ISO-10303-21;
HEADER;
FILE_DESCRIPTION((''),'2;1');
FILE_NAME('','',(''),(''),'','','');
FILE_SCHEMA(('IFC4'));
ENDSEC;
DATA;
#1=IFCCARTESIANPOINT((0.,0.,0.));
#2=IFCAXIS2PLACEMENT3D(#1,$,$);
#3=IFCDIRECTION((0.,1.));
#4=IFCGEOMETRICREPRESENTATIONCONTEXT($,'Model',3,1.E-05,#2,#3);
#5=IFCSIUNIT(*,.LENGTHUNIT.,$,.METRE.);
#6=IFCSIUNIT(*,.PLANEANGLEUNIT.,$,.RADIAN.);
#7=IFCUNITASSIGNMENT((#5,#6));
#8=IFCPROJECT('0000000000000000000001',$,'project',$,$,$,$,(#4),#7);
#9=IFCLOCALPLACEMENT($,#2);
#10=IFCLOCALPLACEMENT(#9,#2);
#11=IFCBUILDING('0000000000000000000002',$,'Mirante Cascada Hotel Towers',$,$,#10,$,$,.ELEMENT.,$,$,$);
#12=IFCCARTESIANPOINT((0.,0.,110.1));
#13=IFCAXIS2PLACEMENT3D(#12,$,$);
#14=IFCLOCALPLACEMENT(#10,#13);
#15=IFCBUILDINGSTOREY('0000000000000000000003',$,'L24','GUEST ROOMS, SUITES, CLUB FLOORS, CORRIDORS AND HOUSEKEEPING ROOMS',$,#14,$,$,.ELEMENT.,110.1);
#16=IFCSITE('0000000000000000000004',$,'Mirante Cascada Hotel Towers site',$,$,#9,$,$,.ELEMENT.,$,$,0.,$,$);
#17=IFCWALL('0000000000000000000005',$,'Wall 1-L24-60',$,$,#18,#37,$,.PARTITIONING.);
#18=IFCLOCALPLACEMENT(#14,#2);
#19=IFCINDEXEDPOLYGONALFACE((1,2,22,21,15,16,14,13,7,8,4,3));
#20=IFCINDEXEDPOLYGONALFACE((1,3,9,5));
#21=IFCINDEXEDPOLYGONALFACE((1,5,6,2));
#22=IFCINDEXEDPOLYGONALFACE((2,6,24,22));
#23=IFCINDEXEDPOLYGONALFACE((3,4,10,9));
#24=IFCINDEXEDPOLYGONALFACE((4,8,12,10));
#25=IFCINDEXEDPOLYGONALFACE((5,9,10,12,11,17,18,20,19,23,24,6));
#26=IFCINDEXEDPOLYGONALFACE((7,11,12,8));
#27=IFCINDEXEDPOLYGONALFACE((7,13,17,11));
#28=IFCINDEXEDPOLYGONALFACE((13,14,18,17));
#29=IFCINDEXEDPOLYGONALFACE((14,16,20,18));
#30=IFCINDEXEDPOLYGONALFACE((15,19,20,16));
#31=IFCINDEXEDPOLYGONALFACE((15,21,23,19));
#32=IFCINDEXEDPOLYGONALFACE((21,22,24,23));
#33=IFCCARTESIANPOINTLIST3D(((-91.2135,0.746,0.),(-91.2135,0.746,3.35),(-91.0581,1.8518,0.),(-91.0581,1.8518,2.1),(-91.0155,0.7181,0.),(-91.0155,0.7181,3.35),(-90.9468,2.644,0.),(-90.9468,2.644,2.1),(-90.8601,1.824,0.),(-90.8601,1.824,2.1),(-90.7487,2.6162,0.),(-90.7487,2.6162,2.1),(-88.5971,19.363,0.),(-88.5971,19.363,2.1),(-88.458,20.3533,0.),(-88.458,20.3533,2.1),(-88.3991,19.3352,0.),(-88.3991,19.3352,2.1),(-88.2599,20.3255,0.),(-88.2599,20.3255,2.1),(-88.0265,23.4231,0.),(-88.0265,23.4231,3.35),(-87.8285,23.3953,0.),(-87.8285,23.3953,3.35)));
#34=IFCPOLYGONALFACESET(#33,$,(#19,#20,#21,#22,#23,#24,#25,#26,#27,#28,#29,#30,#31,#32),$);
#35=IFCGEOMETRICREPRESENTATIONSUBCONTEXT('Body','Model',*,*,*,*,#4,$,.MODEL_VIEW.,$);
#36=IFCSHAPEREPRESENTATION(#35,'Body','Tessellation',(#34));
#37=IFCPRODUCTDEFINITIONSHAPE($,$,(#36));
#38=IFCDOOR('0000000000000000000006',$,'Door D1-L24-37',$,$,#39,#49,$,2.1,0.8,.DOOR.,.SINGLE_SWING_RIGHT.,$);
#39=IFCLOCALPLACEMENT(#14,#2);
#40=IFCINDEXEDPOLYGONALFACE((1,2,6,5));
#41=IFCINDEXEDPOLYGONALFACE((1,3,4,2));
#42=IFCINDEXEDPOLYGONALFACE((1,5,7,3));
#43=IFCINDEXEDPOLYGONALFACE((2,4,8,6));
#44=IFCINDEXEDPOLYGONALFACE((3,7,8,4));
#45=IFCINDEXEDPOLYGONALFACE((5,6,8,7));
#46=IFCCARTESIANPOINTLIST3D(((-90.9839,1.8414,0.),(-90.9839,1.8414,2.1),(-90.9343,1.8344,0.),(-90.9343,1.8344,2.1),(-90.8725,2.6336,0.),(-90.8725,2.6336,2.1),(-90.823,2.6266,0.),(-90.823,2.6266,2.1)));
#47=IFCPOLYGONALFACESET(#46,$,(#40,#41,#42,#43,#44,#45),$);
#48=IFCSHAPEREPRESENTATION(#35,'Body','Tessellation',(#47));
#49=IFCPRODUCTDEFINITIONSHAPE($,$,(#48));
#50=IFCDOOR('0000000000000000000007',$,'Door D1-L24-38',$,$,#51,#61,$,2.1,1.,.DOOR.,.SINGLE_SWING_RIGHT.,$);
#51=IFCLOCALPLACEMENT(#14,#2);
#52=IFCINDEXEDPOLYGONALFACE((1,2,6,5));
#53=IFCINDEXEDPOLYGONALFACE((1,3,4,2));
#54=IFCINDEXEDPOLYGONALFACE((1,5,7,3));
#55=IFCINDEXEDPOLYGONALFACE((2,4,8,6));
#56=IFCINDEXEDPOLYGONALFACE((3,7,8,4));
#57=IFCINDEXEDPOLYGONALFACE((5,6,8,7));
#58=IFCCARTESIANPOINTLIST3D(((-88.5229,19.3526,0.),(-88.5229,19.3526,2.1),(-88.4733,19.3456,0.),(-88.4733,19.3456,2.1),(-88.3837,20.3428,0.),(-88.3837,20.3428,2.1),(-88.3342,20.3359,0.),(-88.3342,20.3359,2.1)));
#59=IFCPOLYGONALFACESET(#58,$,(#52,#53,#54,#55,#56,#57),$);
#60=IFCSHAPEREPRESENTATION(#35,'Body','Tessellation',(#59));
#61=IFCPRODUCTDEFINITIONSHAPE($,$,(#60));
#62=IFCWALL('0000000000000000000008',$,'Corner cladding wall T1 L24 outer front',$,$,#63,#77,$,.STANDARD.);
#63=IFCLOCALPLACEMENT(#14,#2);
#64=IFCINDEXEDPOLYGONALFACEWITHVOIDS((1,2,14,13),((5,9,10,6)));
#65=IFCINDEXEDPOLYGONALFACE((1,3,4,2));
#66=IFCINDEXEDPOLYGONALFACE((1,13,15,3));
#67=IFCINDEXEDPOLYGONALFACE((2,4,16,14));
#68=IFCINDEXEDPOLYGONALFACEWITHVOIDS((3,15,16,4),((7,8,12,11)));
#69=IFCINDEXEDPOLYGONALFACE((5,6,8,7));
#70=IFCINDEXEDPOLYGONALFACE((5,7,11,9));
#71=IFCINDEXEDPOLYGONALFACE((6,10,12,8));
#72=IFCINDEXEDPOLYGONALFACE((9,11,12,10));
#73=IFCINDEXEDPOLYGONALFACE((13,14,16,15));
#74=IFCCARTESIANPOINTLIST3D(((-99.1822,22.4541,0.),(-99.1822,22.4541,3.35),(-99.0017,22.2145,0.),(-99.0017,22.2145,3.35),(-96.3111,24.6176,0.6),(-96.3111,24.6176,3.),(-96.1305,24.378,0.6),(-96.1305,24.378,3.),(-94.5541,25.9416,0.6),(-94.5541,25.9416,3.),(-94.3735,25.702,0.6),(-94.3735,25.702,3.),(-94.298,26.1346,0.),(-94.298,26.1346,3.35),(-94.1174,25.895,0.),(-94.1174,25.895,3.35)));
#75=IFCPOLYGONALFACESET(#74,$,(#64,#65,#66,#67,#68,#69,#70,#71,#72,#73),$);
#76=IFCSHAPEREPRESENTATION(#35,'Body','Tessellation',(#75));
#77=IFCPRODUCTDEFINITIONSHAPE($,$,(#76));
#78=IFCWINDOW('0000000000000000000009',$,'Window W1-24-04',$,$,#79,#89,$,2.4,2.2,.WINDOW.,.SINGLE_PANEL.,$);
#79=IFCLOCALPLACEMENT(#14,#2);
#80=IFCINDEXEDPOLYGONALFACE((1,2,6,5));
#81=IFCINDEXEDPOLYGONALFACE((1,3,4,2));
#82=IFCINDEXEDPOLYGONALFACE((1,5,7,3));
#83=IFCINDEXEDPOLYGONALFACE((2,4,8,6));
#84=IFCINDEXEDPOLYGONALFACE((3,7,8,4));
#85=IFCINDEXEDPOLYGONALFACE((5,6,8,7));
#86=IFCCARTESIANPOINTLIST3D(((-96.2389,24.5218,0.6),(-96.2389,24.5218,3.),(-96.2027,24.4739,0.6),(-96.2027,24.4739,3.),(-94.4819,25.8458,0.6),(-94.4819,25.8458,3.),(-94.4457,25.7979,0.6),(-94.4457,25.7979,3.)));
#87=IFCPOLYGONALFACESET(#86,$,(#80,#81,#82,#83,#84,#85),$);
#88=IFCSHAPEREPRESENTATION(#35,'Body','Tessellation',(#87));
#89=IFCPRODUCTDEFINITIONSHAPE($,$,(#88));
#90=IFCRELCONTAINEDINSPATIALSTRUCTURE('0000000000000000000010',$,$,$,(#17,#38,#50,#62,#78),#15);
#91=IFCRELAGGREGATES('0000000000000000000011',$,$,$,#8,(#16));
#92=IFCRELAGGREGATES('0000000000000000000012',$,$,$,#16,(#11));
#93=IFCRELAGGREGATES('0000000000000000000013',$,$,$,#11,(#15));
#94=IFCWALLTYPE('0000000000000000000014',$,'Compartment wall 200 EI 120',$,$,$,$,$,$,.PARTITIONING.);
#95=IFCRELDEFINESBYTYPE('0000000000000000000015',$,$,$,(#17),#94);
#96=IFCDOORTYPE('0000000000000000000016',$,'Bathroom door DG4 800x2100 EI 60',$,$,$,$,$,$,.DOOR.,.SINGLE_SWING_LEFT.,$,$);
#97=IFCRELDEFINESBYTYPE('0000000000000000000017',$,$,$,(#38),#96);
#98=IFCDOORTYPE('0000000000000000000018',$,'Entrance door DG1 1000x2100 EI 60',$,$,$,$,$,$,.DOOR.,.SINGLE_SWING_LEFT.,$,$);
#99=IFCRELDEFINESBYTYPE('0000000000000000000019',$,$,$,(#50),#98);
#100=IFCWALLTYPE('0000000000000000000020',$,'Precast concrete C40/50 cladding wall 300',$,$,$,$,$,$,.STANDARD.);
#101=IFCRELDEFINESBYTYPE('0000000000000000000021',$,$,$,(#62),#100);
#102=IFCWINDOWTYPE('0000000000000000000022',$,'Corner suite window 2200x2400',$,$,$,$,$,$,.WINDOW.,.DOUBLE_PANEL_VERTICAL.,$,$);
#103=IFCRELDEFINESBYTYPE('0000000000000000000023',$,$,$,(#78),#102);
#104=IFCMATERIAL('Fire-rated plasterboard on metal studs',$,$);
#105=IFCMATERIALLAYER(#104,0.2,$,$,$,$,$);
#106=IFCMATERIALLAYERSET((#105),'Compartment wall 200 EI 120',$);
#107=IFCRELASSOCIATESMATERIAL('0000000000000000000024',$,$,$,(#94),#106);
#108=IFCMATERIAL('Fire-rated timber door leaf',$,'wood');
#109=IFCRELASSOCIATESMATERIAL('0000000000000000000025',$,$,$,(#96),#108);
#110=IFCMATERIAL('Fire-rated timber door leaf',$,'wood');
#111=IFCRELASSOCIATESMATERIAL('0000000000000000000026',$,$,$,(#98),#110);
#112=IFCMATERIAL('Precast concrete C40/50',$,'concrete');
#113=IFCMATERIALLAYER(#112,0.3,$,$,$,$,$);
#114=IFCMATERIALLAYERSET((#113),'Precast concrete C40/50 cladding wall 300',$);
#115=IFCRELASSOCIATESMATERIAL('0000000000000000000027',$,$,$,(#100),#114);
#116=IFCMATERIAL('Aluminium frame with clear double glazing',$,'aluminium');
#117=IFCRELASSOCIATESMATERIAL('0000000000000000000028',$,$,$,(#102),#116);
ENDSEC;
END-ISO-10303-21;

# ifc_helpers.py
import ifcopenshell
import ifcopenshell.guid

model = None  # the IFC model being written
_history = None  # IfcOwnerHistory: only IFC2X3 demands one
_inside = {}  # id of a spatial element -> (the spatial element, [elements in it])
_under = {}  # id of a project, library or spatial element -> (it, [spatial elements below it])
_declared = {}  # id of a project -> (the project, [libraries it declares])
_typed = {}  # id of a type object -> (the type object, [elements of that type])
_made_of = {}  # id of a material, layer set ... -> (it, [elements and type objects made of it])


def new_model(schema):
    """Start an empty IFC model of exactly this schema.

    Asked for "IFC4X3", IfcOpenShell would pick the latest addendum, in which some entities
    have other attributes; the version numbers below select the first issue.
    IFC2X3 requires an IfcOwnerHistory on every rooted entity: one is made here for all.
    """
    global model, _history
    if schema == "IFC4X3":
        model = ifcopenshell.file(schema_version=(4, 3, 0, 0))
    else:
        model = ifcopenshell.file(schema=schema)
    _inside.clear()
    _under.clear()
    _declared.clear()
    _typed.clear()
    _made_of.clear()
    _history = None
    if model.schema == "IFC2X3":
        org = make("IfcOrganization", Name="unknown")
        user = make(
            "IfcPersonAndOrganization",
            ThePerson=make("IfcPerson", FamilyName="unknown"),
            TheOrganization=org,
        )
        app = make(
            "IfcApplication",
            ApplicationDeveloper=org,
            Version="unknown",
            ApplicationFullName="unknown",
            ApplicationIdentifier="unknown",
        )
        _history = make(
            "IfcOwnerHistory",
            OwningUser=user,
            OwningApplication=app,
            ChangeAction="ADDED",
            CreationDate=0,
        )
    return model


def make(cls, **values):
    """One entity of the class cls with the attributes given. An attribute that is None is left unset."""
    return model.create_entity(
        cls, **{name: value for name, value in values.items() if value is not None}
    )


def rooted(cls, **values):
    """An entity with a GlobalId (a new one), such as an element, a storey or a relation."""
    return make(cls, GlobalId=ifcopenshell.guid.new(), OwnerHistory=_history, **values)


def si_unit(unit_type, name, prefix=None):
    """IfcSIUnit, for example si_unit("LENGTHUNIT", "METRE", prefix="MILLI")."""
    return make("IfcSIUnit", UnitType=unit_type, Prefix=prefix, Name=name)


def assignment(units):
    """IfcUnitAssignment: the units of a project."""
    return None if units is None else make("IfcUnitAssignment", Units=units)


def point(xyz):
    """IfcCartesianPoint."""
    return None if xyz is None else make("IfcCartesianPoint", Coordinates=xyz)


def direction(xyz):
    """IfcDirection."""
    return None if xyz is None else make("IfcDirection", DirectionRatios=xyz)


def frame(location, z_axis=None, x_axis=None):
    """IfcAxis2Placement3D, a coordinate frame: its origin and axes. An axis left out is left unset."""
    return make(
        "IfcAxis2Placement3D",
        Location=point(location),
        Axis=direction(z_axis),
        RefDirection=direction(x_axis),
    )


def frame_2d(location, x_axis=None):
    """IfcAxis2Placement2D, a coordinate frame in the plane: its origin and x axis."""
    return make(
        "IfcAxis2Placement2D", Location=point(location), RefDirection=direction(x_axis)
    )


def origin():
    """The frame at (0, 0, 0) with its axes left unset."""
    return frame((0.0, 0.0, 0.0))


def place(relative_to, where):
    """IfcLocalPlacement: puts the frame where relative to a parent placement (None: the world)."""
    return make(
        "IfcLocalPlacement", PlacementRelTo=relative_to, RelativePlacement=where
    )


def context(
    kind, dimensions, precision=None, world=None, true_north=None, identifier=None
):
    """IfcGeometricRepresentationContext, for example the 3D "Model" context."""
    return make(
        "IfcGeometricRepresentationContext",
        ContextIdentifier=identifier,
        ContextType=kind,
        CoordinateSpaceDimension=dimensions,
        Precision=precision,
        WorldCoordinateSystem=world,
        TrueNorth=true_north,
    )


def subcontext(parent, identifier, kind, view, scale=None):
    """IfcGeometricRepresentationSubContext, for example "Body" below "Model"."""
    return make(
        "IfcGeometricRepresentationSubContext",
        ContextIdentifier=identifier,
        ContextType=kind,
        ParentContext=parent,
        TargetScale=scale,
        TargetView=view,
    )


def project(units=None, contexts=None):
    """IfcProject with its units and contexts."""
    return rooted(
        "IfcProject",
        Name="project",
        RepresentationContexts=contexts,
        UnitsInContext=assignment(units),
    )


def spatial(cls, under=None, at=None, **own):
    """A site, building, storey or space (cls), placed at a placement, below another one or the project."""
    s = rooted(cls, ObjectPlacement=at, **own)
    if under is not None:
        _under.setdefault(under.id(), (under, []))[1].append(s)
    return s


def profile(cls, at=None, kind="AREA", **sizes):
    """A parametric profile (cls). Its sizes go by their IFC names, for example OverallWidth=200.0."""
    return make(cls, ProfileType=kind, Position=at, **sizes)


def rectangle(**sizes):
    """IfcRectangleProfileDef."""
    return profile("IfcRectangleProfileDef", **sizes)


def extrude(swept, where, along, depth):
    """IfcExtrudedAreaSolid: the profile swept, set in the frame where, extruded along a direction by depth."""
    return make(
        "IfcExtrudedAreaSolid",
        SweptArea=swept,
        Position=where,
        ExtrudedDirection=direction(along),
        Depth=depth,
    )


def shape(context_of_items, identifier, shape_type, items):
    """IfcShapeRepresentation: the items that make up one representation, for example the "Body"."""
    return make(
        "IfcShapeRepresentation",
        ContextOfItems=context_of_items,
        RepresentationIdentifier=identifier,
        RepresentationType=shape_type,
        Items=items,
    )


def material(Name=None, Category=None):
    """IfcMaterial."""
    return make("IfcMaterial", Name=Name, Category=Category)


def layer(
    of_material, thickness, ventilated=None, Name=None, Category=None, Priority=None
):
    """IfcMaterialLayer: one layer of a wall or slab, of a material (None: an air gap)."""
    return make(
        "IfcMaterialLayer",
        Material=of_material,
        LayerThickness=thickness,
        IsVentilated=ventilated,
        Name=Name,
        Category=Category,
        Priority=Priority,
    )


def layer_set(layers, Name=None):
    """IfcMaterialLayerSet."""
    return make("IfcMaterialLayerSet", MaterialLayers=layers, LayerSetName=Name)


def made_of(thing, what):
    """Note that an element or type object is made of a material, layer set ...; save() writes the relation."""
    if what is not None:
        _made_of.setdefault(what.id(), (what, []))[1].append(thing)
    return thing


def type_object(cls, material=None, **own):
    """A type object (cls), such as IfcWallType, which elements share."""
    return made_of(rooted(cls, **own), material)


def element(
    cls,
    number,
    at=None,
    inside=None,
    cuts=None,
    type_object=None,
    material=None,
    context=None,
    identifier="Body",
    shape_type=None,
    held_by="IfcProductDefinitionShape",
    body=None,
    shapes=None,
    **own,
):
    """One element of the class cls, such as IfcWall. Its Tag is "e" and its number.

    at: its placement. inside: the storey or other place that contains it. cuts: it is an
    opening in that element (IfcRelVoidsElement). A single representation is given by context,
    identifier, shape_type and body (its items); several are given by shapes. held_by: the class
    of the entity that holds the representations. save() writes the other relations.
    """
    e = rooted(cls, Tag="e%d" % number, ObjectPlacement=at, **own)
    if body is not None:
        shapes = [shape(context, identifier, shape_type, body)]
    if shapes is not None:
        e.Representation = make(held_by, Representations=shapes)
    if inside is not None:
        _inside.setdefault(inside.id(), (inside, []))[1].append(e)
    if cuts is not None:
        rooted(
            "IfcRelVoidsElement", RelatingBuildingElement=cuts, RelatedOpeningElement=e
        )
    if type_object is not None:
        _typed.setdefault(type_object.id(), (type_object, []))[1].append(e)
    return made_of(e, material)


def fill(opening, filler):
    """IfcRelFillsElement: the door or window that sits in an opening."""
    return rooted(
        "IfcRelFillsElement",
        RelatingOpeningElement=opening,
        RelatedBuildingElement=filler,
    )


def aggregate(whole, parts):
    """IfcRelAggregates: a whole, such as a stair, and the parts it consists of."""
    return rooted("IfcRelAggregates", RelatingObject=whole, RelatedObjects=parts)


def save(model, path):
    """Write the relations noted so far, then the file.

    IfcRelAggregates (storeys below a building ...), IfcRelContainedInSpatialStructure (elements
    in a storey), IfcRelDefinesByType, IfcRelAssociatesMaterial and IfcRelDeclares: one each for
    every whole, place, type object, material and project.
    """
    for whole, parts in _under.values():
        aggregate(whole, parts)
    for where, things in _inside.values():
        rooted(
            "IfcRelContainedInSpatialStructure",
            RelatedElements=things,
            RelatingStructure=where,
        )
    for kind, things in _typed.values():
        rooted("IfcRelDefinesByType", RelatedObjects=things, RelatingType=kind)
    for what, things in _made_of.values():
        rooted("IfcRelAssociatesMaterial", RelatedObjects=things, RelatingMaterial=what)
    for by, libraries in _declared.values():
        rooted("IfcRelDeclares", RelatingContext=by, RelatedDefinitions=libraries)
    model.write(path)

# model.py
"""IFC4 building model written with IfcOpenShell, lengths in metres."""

from ifc_helpers import new_model, si_unit, direction, frame, frame_2d, origin, place, context, subcontext, project, spatial, rectangle, extrude, material, layer, layer_set, type_object, element, fill, save


model = new_model("IFC4")

# Units and contexts
model_context = context("Model", 3, precision=1e-05, world=origin(), true_north=direction((0.0, 1.0)))
body_context = subcontext(model_context, "Body", "Model", "MODEL_VIEW")
ifc_project = project(units=[si_unit("LENGTHUNIT", "METRE"), si_unit("PLANEANGLEUNIT", "RADIAN")], contexts=[model_context])

# Site, building, storey
site_placement = place(None, origin())
site = spatial("IfcSite", under=ifc_project, at=site_placement, Name="Mirante Cascada Hotel Towers site", CompositionType="ELEMENT", RefElevation=0.0)
building_placement = place(site_placement, origin())
building = spatial("IfcBuilding", under=site, at=building_placement, Name="Mirante Cascada Hotel Towers", CompositionType="ELEMENT")
storey_placement = place(building_placement, frame((0.0, 0.0, 110.1)))
storey = spatial("IfcBuildingStorey", under=building, at=storey_placement, Name="L24", Description="GUEST ROOMS, SUITES, CLUB FLOORS, CORRIDORS AND HOUSEKEEPING ROOMS", CompositionType="ELEMENT", Elevation=110.1)

# Shared definitions
ifc_material_1 = material(Name="Fire-rated plasterboard on metal studs")
ifc_layer_1 = layer(ifc_material_1, 0.2)
ifc_layer_set_1 = layer_set([ifc_layer_1], Name="Compartment wall 200 EI 120")
wall_type_1 = type_object("IfcWallType", Name="Compartment wall 200 EI 120", PredefinedType="PARTITIONING", material=ifc_layer_set_1)

# Wall, openings, doors
wall_1_placement = place(storey_placement, frame((-87.9275, 23.4092, 0.0), z_axis=(0.0, 0.0, 1.0), x_axis=(-0.139171, -0.990268, 0.0)))
wall_1 = element("IfcWall", 1, at=wall_1_placement, inside=storey, type_object=wall_type_1, Name="Wall 1-L24-60", PredefinedType="PARTITIONING", context=body_context, shape_type="SweptSolid", body=[
    extrude(rectangle(XDim=22.9, YDim=0.2, at=frame_2d((11.45, 0.0))), origin(), (0.0, 0.0, 1.0), 3.35),
])
opening_1_placement = place(wall_1_placement, frame((20.9833, 0.0, 0.0)))
opening_1 = element("IfcOpeningElement", 2, at=opening_1_placement, cuts=wall_1, PredefinedType="OPENING", context=body_context, shape_type="SweptSolid", body=[
    extrude(rectangle(XDim=0.8, YDim=2.1, at=frame_2d((0.4, 1.05))), frame((0.0, 0.1, 0.0), z_axis=(0.0, -1.0, 0.0), x_axis=(1.0, 0.0, 0.0)), (0.0, 0.0, 1.0), 0.2),
])
opening_2_placement = place(wall_1_placement, frame((3.1, 0.0, 0.0)))
opening_2 = element("IfcOpeningElement", 3, at=opening_2_placement, cuts=wall_1, PredefinedType="OPENING", context=body_context, shape_type="SweptSolid", body=[
    extrude(rectangle(XDim=1.0, YDim=2.1, at=frame_2d((0.5, 1.05))), frame((0.0, 0.1, 0.0), z_axis=(0.0, -1.0, 0.0), x_axis=(1.0, 0.0, 0.0)), (0.0, 0.0, 1.0), 0.2),
])
ifc_material_2 = material(Name="Fire-rated timber door leaf", Category="wood")
door_type_1 = type_object("IfcDoorType", Name="Bathroom door DG4 800x2100 EI 60", OperationType="SINGLE_SWING_LEFT", PredefinedType="DOOR", material=ifc_material_2)
door_1_placement = place(opening_1_placement, frame((0.8, 0.0, 0.0), z_axis=(0.0, 0.0, 1.0), x_axis=(-1.0, 0.0, 0.0)))
door_1 = element("IfcDoor", 4, at=door_1_placement, inside=storey, type_object=door_type_1, Name="Door D1-L24-37", OperationType="SINGLE_SWING_RIGHT", OverallHeight=2.1, OverallWidth=0.8, PredefinedType="DOOR", context=body_context, shape_type="SweptSolid", body=[
    extrude(rectangle(XDim=0.8, YDim=2.1, at=frame_2d((0.4, 1.05))), frame((0.0, 0.025, 0.0), z_axis=(0.0, -1.0, 0.0), x_axis=(1.0, 0.0, 0.0)), (0.0, 0.0, 1.0), 0.05),
])
fill(opening_1, door_1)
ifc_material_3 = material(Name="Fire-rated timber door leaf", Category="wood")
door_type_2 = type_object("IfcDoorType", Name="Entrance door DG1 1000x2100 EI 60", OperationType="SINGLE_SWING_LEFT", PredefinedType="DOOR", material=ifc_material_3)
door_2_placement = place(opening_2_placement, frame((1.0, 0.0, 0.0), z_axis=(0.0, 0.0, 1.0), x_axis=(-1.0, 0.0, 0.0)))
door_2 = element("IfcDoor", 5, at=door_2_placement, inside=storey, type_object=door_type_2, Name="Door D1-L24-38", OperationType="SINGLE_SWING_RIGHT", OverallHeight=2.1, OverallWidth=1.0, PredefinedType="DOOR", context=body_context, shape_type="SweptSolid", body=[
    extrude(rectangle(XDim=1.0, YDim=2.1, at=frame_2d((0.5, 1.05))), frame((0.0, 0.025, 0.0), z_axis=(0.0, -1.0, 0.0), x_axis=(1.0, 0.0, 0.0)), (0.0, 0.0, 1.0), 0.05),
])
fill(opening_2, door_2)

# Wall, opening, window
ifc_material_4 = material(Name="Precast concrete C40/50", Category="concrete")
ifc_layer_2 = layer(ifc_material_4, 0.3)
ifc_layer_set_2 = layer_set([ifc_layer_2], Name="Precast concrete C40/50 cladding wall 300")
wall_type_2 = type_object("IfcWallType", Name="Precast concrete C40/50 cladding wall 300", PredefinedType="STANDARD", material=ifc_layer_set_2)
wall_2_placement = place(storey_placement, frame((-99.0919, 22.3343, 0.0), z_axis=(0.0, 0.0, 1.0), x_axis=(0.798636, 0.601814, 0.0)))
wall_2 = element("IfcWall", 6, at=wall_2_placement, inside=storey, type_object=wall_type_2, Name="Corner cladding wall T1 L24 outer front", PredefinedType="STANDARD", context=body_context, shape_type="SweptSolid", body=[
    extrude(rectangle(XDim=6.1157, YDim=0.3, at=frame_2d((3.0578, 0.0))), origin(), (0.0, 0.0, 1.0), 3.35),
])
opening_3_placement = place(wall_2_placement, frame((3.595, 0.0, 0.6)))
opening_3 = element("IfcOpeningElement", 7, at=opening_3_placement, cuts=wall_2, PredefinedType="OPENING", context=body_context, shape_type="SweptSolid", body=[
    extrude(rectangle(XDim=2.2, YDim=2.4, at=frame_2d((1.1, 1.2))), frame((0.0, 0.15, 0.0), z_axis=(0.0, -1.0, 0.0), x_axis=(1.0, 0.0, 0.0)), (0.0, 0.0, 1.0), 0.3),
])
ifc_material_5 = material(Name="Aluminium frame with clear double glazing", Category="aluminium")
window_type = type_object("IfcWindowType", Name="Corner suite window 2200x2400", PartitioningType="DOUBLE_PANEL_VERTICAL", PredefinedType="WINDOW", material=ifc_material_5)
window_placement = place(opening_3_placement, origin())
window = element("IfcWindow", 8, at=window_placement, inside=storey, type_object=window_type, Name="Window W1-24-04", OverallHeight=2.4, OverallWidth=2.2, PartitioningType="SINGLE_PANEL", PredefinedType="WINDOW", context=body_context, shape_type="SweptSolid", body=[
    extrude(rectangle(XDim=2.2, YDim=2.4, at=frame_2d((1.1, 1.2))), frame((0.0, 0.03, 0.0), z_axis=(0.0, -1.0, 0.0), x_axis=(1.0, 0.0, 0.0)), (0.0, 0.0, 1.0), 0.06),
])
fill(opening_3, window)

save(model, "model.ifc")
